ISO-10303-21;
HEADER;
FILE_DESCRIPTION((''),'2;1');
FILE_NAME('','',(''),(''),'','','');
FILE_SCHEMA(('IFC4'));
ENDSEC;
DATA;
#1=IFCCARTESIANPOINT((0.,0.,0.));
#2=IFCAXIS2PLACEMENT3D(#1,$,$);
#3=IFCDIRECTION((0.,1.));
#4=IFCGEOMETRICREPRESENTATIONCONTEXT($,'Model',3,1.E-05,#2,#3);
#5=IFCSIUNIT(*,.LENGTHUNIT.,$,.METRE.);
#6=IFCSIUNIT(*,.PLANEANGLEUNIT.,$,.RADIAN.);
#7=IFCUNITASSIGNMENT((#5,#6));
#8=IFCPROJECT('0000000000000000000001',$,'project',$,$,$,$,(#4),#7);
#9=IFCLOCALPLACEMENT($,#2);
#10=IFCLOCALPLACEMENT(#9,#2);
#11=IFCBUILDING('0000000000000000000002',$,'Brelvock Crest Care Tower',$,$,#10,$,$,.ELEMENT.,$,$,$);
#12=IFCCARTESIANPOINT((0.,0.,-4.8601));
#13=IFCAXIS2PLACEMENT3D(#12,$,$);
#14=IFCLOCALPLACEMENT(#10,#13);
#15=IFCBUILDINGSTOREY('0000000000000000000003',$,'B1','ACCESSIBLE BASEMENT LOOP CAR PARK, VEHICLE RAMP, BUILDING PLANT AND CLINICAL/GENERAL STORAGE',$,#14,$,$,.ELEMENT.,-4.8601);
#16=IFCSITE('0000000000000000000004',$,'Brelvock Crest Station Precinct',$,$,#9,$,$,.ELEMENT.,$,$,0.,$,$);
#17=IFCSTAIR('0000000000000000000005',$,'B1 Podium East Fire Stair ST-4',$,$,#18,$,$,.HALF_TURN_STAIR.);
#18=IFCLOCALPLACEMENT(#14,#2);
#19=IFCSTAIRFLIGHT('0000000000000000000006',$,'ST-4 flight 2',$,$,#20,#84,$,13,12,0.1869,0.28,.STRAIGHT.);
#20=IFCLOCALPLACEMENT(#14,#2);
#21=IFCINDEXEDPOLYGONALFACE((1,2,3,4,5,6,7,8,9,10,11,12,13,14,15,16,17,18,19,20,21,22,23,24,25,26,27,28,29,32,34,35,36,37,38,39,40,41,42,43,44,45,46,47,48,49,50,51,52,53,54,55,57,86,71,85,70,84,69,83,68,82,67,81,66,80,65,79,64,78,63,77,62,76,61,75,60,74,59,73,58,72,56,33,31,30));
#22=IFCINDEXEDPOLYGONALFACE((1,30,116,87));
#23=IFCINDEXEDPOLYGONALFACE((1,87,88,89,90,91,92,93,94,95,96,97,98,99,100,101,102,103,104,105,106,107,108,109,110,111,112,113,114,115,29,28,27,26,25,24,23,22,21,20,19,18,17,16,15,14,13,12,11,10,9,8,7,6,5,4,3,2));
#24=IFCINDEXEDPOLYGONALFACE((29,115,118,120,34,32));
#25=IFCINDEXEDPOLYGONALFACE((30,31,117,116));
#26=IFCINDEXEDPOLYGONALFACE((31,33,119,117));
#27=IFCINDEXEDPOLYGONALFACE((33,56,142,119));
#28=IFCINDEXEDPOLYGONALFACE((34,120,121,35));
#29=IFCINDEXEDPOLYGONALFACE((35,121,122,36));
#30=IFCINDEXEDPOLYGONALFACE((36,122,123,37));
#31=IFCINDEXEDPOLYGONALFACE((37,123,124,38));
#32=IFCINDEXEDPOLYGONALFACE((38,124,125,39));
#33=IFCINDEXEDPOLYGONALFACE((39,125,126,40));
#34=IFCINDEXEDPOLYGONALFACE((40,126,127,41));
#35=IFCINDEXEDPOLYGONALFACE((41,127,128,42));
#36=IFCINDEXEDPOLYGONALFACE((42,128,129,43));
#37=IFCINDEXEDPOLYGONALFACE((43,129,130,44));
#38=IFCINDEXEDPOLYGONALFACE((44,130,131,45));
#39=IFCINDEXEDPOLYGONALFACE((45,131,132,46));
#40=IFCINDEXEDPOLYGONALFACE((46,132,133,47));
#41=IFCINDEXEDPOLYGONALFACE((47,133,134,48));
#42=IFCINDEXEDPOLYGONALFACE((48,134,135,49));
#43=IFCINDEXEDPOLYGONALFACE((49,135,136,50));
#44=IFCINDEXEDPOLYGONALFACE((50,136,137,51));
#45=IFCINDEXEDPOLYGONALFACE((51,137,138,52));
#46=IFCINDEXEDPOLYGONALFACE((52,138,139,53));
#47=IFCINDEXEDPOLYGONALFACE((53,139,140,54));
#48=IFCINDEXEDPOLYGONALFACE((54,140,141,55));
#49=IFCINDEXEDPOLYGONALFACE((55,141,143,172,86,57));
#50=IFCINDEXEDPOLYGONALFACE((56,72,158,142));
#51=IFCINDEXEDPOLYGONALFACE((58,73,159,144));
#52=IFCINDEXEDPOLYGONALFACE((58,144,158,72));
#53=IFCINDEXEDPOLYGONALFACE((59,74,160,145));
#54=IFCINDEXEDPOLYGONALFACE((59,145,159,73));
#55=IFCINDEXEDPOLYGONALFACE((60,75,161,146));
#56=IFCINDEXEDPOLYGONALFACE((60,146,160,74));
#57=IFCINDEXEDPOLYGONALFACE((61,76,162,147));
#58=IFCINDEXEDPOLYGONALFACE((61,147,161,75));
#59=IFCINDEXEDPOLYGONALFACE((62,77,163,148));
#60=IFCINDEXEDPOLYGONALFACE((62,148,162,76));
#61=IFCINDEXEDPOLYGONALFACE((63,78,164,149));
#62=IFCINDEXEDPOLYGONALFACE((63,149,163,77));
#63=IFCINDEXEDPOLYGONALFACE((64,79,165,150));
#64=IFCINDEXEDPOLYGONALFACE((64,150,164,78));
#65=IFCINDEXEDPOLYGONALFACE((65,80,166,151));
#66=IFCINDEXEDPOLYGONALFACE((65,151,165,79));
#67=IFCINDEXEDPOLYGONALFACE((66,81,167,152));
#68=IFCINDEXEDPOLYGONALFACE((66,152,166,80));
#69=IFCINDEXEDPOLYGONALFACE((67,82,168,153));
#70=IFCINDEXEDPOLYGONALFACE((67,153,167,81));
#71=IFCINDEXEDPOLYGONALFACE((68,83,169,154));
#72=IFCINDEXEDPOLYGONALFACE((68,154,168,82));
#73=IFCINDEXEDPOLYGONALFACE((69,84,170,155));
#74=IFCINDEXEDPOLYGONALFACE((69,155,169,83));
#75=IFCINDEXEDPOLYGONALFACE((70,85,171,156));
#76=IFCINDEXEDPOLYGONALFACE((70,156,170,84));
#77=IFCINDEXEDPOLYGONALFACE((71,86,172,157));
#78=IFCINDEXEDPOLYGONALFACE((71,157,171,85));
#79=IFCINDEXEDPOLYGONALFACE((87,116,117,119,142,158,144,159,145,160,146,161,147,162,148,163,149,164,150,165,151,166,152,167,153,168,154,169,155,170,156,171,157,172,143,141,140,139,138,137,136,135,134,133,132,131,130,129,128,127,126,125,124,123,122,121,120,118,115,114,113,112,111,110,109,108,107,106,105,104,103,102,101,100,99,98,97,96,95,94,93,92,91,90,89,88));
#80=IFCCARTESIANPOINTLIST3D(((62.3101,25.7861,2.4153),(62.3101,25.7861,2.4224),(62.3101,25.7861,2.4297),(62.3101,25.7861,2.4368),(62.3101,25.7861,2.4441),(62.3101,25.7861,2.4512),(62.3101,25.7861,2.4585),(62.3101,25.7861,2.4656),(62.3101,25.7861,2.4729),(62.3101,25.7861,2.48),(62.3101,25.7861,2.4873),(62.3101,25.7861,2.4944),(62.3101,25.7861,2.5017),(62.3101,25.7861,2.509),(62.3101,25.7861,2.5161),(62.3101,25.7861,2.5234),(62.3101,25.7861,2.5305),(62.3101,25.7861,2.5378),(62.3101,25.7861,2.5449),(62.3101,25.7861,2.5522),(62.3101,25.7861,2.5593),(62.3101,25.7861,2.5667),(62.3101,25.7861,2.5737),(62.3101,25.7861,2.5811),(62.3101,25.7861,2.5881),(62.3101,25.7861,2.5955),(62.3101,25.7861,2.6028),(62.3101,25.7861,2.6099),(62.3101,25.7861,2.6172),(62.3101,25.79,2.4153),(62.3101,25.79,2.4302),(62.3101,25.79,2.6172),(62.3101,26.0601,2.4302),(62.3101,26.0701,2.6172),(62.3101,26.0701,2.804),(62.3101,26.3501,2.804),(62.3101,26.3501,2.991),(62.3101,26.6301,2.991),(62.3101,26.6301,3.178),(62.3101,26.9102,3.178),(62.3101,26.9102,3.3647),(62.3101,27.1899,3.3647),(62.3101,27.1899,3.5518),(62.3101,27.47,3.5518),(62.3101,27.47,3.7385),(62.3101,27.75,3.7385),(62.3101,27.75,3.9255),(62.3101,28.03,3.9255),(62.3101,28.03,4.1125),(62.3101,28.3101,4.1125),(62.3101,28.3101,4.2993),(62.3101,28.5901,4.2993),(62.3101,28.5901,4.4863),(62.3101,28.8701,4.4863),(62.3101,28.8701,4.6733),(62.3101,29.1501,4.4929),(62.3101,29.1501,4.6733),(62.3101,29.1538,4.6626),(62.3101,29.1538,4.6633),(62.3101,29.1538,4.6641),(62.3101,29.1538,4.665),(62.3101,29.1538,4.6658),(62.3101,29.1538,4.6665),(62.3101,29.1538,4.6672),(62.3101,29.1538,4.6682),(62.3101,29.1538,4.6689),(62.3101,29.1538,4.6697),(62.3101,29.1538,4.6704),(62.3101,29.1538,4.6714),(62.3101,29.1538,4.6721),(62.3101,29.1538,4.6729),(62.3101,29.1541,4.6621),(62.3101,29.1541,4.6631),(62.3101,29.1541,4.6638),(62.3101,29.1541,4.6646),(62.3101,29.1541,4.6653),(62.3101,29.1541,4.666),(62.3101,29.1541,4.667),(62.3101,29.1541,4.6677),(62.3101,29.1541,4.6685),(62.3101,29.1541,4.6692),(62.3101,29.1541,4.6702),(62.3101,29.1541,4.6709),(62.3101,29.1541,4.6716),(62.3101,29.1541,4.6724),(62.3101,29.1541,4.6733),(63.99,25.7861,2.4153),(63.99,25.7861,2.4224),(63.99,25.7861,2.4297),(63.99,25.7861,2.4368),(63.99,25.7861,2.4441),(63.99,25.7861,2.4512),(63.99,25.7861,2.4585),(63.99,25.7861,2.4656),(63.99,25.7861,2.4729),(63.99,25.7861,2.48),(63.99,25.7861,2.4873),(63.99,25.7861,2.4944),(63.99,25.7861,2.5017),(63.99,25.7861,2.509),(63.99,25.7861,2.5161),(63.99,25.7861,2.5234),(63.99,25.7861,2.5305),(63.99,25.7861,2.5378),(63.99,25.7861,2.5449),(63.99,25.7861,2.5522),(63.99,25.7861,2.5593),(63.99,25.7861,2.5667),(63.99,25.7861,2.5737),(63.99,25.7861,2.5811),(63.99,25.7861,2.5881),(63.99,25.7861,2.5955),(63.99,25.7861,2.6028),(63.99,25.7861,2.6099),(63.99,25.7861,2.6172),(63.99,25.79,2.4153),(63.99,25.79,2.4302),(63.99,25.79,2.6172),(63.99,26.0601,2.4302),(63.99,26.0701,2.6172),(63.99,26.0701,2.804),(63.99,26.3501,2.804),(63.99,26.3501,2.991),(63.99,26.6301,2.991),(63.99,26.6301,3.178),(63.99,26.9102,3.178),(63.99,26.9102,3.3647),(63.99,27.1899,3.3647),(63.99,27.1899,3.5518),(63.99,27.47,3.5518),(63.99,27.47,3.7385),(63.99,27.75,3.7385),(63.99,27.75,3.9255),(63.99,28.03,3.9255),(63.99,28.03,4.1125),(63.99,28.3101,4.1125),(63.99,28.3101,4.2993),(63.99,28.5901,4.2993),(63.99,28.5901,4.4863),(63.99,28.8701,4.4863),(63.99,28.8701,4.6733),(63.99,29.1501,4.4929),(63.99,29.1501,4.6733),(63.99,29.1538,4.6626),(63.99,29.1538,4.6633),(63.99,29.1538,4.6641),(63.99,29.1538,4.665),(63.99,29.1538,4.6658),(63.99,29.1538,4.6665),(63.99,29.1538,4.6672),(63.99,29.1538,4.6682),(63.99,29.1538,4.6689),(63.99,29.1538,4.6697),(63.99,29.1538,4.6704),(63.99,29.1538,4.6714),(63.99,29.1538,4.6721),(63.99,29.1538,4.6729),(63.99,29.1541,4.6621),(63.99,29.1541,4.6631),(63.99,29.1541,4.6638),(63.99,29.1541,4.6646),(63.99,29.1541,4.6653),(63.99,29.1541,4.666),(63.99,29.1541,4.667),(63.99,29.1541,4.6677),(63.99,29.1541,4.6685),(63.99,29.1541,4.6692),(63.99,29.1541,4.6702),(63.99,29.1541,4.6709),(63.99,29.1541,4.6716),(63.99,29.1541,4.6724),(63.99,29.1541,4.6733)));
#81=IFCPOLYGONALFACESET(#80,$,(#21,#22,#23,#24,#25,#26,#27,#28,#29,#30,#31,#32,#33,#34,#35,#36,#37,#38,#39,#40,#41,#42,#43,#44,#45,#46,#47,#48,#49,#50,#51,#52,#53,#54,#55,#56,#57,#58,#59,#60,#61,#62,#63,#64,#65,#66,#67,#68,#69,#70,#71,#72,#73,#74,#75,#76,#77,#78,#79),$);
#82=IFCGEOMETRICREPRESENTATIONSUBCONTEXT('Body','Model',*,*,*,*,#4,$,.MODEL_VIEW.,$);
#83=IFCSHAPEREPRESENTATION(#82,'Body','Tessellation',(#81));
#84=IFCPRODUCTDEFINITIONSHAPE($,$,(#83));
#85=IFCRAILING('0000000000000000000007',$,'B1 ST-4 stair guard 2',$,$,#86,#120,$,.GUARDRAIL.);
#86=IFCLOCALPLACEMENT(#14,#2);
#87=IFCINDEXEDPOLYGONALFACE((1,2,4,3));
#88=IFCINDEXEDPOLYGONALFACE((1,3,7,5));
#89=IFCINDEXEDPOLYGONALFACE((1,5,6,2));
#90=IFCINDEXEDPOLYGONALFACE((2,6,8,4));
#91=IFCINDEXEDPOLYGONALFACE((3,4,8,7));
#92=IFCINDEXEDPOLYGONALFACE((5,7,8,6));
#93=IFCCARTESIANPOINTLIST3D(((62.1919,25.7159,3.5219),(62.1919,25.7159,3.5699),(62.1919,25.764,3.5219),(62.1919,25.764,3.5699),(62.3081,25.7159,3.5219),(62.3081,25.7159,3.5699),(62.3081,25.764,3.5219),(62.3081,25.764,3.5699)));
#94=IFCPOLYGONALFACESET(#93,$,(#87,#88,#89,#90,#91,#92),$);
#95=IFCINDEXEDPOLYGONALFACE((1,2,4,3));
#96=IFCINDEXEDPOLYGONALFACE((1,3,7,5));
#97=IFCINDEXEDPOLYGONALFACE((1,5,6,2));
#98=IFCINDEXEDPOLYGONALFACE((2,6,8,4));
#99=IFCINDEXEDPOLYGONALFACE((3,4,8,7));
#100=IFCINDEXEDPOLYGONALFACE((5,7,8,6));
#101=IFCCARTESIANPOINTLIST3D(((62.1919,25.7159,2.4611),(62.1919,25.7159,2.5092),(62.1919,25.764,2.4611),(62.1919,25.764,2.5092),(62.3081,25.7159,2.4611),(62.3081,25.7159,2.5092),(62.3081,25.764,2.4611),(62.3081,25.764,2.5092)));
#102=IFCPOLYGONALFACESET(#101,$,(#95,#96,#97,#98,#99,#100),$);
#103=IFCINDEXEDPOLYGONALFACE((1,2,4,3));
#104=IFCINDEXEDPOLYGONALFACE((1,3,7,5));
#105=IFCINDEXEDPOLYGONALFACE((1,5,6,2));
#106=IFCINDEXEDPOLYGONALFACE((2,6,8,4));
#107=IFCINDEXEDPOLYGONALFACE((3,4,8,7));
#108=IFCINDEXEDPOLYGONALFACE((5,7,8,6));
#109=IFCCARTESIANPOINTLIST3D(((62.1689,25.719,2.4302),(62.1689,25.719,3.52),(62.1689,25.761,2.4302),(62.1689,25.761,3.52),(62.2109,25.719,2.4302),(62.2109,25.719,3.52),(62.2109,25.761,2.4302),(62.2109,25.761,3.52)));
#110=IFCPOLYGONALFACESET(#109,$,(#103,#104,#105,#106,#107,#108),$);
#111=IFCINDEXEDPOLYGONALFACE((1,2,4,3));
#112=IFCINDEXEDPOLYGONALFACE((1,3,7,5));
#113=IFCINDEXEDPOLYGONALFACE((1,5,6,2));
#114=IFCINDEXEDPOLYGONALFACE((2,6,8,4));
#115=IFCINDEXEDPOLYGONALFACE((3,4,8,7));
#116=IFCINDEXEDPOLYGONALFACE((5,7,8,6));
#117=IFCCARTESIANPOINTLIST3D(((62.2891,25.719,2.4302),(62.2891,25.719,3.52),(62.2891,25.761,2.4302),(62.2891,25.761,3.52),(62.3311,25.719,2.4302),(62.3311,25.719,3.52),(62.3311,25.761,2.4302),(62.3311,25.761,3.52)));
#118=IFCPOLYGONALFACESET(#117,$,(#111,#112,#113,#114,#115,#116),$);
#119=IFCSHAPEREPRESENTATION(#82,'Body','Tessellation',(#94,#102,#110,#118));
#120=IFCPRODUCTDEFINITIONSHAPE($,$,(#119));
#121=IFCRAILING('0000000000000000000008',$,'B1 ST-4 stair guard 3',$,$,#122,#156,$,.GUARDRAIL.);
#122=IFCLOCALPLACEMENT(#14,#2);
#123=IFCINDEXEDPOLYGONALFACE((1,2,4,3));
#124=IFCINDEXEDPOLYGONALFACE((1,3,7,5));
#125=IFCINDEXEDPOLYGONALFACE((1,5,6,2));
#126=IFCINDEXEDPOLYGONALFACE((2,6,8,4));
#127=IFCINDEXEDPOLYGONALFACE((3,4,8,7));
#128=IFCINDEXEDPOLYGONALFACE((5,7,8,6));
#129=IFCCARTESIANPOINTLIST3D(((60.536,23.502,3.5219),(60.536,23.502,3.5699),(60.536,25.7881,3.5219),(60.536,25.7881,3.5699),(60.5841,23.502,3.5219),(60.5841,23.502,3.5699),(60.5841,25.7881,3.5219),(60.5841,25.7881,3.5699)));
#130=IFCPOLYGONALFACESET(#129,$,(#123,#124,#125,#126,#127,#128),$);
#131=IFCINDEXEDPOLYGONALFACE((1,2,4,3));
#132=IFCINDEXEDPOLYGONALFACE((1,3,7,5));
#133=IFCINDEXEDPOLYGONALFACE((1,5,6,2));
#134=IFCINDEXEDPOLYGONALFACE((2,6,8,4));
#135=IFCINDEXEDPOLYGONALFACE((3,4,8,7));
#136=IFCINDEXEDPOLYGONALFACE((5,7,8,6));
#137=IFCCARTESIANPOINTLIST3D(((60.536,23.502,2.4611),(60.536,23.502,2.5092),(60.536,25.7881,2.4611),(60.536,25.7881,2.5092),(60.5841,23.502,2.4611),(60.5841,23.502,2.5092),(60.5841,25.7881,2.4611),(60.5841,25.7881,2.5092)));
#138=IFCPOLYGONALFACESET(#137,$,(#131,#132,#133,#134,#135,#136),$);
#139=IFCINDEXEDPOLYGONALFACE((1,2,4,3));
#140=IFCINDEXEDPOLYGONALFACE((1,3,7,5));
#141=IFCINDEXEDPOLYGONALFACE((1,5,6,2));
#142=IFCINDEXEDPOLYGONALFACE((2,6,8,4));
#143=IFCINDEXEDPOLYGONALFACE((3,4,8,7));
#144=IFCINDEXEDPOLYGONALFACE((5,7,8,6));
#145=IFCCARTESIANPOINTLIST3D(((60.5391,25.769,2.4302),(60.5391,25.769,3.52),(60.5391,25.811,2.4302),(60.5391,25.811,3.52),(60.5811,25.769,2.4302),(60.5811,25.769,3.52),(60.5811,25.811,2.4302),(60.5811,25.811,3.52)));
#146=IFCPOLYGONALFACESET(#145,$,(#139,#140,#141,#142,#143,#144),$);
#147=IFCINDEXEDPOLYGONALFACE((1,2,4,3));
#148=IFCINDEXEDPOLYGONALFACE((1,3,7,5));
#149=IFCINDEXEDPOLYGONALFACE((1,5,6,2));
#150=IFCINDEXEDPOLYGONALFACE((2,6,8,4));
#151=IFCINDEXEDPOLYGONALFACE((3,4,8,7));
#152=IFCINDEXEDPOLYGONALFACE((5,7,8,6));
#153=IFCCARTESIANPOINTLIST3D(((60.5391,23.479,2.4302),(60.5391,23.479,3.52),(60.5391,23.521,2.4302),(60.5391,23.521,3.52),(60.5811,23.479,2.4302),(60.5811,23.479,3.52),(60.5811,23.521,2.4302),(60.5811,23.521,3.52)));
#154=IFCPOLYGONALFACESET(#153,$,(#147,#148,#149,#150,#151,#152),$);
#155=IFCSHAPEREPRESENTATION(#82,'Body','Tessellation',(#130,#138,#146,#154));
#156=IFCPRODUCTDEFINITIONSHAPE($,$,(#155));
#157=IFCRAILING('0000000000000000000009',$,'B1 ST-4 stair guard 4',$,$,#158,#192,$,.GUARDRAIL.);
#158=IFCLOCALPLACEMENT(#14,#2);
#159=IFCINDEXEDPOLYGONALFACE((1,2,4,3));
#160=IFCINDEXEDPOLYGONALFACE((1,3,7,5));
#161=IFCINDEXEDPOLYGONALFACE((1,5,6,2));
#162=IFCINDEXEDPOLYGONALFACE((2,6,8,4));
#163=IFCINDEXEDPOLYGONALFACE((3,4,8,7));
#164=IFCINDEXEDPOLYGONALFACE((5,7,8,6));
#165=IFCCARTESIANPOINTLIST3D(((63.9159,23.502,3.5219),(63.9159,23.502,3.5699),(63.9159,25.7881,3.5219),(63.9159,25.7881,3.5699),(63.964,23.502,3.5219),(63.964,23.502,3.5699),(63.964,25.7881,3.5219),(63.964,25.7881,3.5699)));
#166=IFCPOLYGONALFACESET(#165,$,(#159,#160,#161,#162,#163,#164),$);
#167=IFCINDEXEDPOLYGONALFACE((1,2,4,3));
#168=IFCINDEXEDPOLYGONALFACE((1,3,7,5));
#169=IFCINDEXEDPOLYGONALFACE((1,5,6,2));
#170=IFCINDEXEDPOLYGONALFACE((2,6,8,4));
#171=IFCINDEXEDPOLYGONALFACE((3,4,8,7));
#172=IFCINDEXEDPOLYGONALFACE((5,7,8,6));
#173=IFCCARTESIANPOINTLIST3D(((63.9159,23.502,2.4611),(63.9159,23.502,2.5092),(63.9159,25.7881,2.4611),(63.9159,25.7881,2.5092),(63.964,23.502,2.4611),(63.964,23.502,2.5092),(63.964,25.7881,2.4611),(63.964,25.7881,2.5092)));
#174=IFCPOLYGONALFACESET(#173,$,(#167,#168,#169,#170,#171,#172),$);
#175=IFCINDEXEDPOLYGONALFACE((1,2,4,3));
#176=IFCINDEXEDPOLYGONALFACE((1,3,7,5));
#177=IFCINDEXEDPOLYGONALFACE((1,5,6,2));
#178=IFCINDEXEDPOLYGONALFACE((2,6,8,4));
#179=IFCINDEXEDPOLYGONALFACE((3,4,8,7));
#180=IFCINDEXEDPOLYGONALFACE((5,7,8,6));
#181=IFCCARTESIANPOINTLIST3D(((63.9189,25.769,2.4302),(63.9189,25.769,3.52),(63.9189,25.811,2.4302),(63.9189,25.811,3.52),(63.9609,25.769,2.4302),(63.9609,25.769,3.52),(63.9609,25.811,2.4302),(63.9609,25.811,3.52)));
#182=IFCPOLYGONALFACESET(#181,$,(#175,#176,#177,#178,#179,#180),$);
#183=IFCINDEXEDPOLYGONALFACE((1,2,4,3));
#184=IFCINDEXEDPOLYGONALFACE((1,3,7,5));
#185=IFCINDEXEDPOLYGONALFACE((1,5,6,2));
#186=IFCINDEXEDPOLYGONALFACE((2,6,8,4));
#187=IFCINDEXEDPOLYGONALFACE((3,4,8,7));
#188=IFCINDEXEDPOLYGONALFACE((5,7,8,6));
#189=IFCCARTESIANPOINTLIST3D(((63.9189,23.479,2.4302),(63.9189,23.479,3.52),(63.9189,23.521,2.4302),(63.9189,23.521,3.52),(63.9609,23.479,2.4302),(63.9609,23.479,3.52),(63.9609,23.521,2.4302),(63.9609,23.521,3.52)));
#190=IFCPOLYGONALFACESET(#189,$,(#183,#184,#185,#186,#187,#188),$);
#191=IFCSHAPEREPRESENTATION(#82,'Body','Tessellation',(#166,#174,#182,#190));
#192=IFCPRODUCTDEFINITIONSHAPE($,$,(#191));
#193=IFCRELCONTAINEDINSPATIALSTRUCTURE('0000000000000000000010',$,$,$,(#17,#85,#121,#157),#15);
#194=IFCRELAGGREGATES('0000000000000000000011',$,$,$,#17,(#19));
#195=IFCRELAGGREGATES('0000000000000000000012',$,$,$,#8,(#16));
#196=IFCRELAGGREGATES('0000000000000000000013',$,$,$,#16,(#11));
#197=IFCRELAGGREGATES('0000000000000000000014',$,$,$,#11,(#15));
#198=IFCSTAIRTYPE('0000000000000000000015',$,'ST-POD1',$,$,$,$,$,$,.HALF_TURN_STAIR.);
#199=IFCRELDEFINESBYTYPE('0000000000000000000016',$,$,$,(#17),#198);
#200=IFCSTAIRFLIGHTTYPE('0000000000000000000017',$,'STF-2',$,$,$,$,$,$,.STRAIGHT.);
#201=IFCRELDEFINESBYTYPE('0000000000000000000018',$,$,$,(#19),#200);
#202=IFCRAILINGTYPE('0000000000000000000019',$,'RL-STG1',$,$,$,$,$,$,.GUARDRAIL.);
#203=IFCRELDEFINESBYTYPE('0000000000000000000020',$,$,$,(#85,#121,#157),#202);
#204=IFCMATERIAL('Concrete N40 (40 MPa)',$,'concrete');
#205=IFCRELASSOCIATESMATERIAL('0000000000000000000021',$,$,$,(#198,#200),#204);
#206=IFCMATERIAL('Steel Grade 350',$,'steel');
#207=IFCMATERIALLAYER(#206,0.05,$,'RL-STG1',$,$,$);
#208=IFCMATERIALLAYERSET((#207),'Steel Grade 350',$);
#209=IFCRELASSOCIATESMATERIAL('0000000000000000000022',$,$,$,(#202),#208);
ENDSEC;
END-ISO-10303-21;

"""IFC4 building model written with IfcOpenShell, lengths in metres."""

from ifc_helpers import new_model, si_unit, direction, frame, origin, origin_2d, place, context, subcontext, project, spatial, polyline, rectangle, outline, extrude, material, layer, layer_set, type_object, element, aggregate, save


model = new_model("IFC4")

# Units and contexts
model_context = context("Model", 3, precision=1e-05, world=origin(), true_north=direction((0.0, 1.0)))
body_context = subcontext(model_context, "Body", "Model", "MODEL_VIEW")
ifc_project = project(units=[si_unit("LENGTHUNIT", "METRE"), si_unit("PLANEANGLEUNIT", "RADIAN")], contexts=[model_context])

# Site, building, storey
site_placement = place(None, origin())
site = spatial("IfcSite", under=ifc_project, at=site_placement, Name="Brelvock Crest Station Precinct", CompositionType="ELEMENT", RefElevation=0.0)
building_placement = place(site_placement, origin())
building = spatial("IfcBuilding", under=site, at=building_placement, Name="Brelvock Crest Care Tower", CompositionType="ELEMENT")
storey_placement = place(building_placement, frame((0.0, 0.0, -4.8601)))
storey = spatial("IfcBuildingStorey", under=building, at=storey_placement, Name="B1", Description="ACCESSIBLE BASEMENT LOOP CAR PARK, VEHICLE RAMP, BUILDING PLANT AND CLINICAL/GENERAL STORAGE", CompositionType="ELEMENT", Elevation=-4.8601)

# Shared definitions
ifc_material_1 = material(Name="Steel Grade 350", Category="steel")

# Stair, stair flight
ifc_material_2 = material(Name="Concrete N40 (40 MPa)", Category="concrete")
stair_type = type_object("IfcStairType", Name="ST-POD1", PredefinedType="HALF_TURN_STAIR", material=ifc_material_2)
stair_placement = place(storey_placement, origin())
stair = element("IfcStair", 1, at=stair_placement, inside=storey, type_object=stair_type, Name="B1 Podium East Fire Stair ST-4", PredefinedType="HALF_TURN_STAIR")
stair_flight_type = type_object("IfcStairFlightType", Name="STF-2", PredefinedType="STRAIGHT", material=ifc_material_2)
stair_flight_placement = place(storey_placement, frame((63.1499, 25.79, 2.4302), z_axis=(0.0, 0.0, 1.0), x_axis=(0.0, 1.0, 0.0)))
stair_flight = element("IfcStairFlight", 2, at=stair_flight_placement, type_object=stair_flight_type, Name="ST-4 flight 2", NumberOfRisers=13, NumberOfTreads=12, PredefinedType="STRAIGHT", RiserHeight=0.1869, TreadLength=0.28, context=body_context, shape_type="SweptSolid", body=[
    extrude(outline(polyline([(-0.0039, -0.0149), (-0.0039, -0.0078), (-0.0039, -0.0005), (-0.0039, 0.0066), (-0.0039, 0.0139), (-0.0039, 0.021), (-0.0039, 0.0283), (-0.0039, 0.0354), (-0.0039, 0.0427), (-0.0039, 0.0498), (-0.0039, 0.0571), (-0.0039, 0.0642), (-0.0039, 0.0715), (-0.0039, 0.0789), (-0.0039, 0.0859), (-0.0039, 0.0933), (-0.0039, 0.1003), (-0.0039, 0.1077), (-0.0039, 0.1147), (-0.0039, 0.1221), (-0.0039, 0.1292), (-0.0039, 0.1365), (-0.0039, 0.1436), (-0.0039, 0.1509), (-0.0039, 0.158), (-0.0039, 0.1653), (-0.0039, 0.1726), (-0.0039, 0.1797), (-0.0039, 0.187), (0.0, 0.187), (0.28, 0.187), (0.28, 0.3738), (0.5601, 0.3738), (0.5601, 0.5608), (0.8401, 0.5608), (0.8401, 0.7478), (1.1201, 0.7478), (1.1201, 0.9346), (1.3999, 0.9346), (1.3999, 1.1216), (1.6799, 1.1216), (1.6799, 1.3083), (1.96, 1.3083), (1.96, 1.4954), (2.24, 1.4954), (2.24, 1.6824), (2.52, 1.6824), (2.52, 1.8691), (2.8, 1.8691), (2.8, 2.0562), (3.0801, 2.0562), (3.0801, 2.2432), (3.3601, 2.2432), (3.364, 2.2432), (3.3638, 2.2427), (3.364, 2.2422), (3.3638, 2.2419), (3.364, 2.2415), (3.3638, 2.2412), (3.364, 2.2407), (3.3638, 2.2402), (3.364, 2.24), (3.3638, 2.2395), (3.364, 2.239), (3.3638, 2.2388), (3.364, 2.2383), (3.3638, 2.238), (3.364, 2.2375), (3.3638, 2.2371), (3.364, 2.2368), (3.3638, 2.2363), (3.364, 2.2358), (3.3638, 2.2356), (3.364, 2.2351), (3.3638, 2.2349), (3.364, 2.2344), (3.3638, 2.2339), (3.364, 2.2336), (3.3638, 2.2332), (3.364, 2.2329), (3.3638, 2.2324), (3.364, 2.2319), (3.3601, 2.0627), (0.27, 0.0), (0.0, 0.0), (0.0, -0.0149), (-0.0039, -0.0149)])), frame((0.0, 0.8398, 0.0), z_axis=(0.0, -1.0, 0.0), x_axis=(1.0, 0.0, 0.0)), (0.0, 0.0, 1.0), 1.6799),
])
aggregate(stair, [stair_flight])

# Railings
ifc_layer_1 = layer(ifc_material_1, 0.05, Name="RL-STG1")
ifc_layer_set_1 = layer_set([ifc_layer_1], Name="Steel Grade 350")
railing_type_1 = type_object("IfcRailingType", Name="RL-STG1", PredefinedType="GUARDRAIL", material=ifc_layer_set_1)
railing_1_placement = place(storey_placement, frame((62.1899, 25.74, 2.4302)))
element("IfcRailing", 3, at=railing_1_placement, inside=storey, type_object=railing_type_1, Name="B1 ST-4 stair guard 2", PredefinedType="GUARDRAIL", context=body_context, shape_type="SweptSolid", body=[
    extrude(rectangle(XDim=0.0481, YDim=0.0481, at=origin_2d()), frame((0.002, 0.0, 1.1157), z_axis=(1.0, 0.0, 0.0), x_axis=(0.0, 1.0, 0.0)), (0.0, 0.0, 1.0), 0.1162),
    extrude(rectangle(XDim=0.0481, YDim=0.0481, at=origin_2d()), frame((0.002, 0.0, 0.0549), z_axis=(1.0, 0.0, 0.0), x_axis=(0.0, 1.0, 0.0)), (0.0, 0.0, 1.0), 0.1162),
    extrude(rectangle(XDim=0.042, YDim=0.042, at=origin_2d()), origin(), (0.0, 0.0, 1.0), 1.0898),
    extrude(rectangle(XDim=0.042, YDim=0.042, at=origin_2d()), frame((0.1201, 0.0, 0.0)), (0.0, 0.0, 1.0), 1.0898),
])
for number, where, name in (
    (4, (60.5601, 25.79, 2.4302), "B1 ST-4 stair guard 3"),
    (5, (63.9399, 25.79, 2.4302), "B1 ST-4 stair guard 4"),
):
    element("IfcRailing", number, at=place(storey_placement, frame(where)), inside=storey, type_object=railing_type_1, Name=name, PredefinedType="GUARDRAIL", context=body_context, shape_type="SweptSolid", body=[
        extrude(rectangle(XDim=0.0481, YDim=0.0481, at=origin_2d()), frame((0.0, -0.002, 1.1157), z_axis=(0.0, -1.0, 0.0), x_axis=(1.0, 0.0, 0.0)), (0.0, 0.0, 1.0), 2.2861),
        extrude(rectangle(XDim=0.0481, YDim=0.0481, at=origin_2d()), frame((0.0, -0.002, 0.0549), z_axis=(0.0, -1.0, 0.0), x_axis=(1.0, 0.0, 0.0)), (0.0, 0.0, 1.0), 2.2861),
        extrude(rectangle(XDim=0.042, YDim=0.042, at=origin_2d()), origin(), (0.0, 0.0, 1.0), 1.0898),
        extrude(rectangle(XDim=0.042, YDim=0.042, at=origin_2d()), frame((0.0, -2.29, 0.0)), (0.0, 0.0, 1.0), 1.0898),
    ])

save(model, "model.ifc")
